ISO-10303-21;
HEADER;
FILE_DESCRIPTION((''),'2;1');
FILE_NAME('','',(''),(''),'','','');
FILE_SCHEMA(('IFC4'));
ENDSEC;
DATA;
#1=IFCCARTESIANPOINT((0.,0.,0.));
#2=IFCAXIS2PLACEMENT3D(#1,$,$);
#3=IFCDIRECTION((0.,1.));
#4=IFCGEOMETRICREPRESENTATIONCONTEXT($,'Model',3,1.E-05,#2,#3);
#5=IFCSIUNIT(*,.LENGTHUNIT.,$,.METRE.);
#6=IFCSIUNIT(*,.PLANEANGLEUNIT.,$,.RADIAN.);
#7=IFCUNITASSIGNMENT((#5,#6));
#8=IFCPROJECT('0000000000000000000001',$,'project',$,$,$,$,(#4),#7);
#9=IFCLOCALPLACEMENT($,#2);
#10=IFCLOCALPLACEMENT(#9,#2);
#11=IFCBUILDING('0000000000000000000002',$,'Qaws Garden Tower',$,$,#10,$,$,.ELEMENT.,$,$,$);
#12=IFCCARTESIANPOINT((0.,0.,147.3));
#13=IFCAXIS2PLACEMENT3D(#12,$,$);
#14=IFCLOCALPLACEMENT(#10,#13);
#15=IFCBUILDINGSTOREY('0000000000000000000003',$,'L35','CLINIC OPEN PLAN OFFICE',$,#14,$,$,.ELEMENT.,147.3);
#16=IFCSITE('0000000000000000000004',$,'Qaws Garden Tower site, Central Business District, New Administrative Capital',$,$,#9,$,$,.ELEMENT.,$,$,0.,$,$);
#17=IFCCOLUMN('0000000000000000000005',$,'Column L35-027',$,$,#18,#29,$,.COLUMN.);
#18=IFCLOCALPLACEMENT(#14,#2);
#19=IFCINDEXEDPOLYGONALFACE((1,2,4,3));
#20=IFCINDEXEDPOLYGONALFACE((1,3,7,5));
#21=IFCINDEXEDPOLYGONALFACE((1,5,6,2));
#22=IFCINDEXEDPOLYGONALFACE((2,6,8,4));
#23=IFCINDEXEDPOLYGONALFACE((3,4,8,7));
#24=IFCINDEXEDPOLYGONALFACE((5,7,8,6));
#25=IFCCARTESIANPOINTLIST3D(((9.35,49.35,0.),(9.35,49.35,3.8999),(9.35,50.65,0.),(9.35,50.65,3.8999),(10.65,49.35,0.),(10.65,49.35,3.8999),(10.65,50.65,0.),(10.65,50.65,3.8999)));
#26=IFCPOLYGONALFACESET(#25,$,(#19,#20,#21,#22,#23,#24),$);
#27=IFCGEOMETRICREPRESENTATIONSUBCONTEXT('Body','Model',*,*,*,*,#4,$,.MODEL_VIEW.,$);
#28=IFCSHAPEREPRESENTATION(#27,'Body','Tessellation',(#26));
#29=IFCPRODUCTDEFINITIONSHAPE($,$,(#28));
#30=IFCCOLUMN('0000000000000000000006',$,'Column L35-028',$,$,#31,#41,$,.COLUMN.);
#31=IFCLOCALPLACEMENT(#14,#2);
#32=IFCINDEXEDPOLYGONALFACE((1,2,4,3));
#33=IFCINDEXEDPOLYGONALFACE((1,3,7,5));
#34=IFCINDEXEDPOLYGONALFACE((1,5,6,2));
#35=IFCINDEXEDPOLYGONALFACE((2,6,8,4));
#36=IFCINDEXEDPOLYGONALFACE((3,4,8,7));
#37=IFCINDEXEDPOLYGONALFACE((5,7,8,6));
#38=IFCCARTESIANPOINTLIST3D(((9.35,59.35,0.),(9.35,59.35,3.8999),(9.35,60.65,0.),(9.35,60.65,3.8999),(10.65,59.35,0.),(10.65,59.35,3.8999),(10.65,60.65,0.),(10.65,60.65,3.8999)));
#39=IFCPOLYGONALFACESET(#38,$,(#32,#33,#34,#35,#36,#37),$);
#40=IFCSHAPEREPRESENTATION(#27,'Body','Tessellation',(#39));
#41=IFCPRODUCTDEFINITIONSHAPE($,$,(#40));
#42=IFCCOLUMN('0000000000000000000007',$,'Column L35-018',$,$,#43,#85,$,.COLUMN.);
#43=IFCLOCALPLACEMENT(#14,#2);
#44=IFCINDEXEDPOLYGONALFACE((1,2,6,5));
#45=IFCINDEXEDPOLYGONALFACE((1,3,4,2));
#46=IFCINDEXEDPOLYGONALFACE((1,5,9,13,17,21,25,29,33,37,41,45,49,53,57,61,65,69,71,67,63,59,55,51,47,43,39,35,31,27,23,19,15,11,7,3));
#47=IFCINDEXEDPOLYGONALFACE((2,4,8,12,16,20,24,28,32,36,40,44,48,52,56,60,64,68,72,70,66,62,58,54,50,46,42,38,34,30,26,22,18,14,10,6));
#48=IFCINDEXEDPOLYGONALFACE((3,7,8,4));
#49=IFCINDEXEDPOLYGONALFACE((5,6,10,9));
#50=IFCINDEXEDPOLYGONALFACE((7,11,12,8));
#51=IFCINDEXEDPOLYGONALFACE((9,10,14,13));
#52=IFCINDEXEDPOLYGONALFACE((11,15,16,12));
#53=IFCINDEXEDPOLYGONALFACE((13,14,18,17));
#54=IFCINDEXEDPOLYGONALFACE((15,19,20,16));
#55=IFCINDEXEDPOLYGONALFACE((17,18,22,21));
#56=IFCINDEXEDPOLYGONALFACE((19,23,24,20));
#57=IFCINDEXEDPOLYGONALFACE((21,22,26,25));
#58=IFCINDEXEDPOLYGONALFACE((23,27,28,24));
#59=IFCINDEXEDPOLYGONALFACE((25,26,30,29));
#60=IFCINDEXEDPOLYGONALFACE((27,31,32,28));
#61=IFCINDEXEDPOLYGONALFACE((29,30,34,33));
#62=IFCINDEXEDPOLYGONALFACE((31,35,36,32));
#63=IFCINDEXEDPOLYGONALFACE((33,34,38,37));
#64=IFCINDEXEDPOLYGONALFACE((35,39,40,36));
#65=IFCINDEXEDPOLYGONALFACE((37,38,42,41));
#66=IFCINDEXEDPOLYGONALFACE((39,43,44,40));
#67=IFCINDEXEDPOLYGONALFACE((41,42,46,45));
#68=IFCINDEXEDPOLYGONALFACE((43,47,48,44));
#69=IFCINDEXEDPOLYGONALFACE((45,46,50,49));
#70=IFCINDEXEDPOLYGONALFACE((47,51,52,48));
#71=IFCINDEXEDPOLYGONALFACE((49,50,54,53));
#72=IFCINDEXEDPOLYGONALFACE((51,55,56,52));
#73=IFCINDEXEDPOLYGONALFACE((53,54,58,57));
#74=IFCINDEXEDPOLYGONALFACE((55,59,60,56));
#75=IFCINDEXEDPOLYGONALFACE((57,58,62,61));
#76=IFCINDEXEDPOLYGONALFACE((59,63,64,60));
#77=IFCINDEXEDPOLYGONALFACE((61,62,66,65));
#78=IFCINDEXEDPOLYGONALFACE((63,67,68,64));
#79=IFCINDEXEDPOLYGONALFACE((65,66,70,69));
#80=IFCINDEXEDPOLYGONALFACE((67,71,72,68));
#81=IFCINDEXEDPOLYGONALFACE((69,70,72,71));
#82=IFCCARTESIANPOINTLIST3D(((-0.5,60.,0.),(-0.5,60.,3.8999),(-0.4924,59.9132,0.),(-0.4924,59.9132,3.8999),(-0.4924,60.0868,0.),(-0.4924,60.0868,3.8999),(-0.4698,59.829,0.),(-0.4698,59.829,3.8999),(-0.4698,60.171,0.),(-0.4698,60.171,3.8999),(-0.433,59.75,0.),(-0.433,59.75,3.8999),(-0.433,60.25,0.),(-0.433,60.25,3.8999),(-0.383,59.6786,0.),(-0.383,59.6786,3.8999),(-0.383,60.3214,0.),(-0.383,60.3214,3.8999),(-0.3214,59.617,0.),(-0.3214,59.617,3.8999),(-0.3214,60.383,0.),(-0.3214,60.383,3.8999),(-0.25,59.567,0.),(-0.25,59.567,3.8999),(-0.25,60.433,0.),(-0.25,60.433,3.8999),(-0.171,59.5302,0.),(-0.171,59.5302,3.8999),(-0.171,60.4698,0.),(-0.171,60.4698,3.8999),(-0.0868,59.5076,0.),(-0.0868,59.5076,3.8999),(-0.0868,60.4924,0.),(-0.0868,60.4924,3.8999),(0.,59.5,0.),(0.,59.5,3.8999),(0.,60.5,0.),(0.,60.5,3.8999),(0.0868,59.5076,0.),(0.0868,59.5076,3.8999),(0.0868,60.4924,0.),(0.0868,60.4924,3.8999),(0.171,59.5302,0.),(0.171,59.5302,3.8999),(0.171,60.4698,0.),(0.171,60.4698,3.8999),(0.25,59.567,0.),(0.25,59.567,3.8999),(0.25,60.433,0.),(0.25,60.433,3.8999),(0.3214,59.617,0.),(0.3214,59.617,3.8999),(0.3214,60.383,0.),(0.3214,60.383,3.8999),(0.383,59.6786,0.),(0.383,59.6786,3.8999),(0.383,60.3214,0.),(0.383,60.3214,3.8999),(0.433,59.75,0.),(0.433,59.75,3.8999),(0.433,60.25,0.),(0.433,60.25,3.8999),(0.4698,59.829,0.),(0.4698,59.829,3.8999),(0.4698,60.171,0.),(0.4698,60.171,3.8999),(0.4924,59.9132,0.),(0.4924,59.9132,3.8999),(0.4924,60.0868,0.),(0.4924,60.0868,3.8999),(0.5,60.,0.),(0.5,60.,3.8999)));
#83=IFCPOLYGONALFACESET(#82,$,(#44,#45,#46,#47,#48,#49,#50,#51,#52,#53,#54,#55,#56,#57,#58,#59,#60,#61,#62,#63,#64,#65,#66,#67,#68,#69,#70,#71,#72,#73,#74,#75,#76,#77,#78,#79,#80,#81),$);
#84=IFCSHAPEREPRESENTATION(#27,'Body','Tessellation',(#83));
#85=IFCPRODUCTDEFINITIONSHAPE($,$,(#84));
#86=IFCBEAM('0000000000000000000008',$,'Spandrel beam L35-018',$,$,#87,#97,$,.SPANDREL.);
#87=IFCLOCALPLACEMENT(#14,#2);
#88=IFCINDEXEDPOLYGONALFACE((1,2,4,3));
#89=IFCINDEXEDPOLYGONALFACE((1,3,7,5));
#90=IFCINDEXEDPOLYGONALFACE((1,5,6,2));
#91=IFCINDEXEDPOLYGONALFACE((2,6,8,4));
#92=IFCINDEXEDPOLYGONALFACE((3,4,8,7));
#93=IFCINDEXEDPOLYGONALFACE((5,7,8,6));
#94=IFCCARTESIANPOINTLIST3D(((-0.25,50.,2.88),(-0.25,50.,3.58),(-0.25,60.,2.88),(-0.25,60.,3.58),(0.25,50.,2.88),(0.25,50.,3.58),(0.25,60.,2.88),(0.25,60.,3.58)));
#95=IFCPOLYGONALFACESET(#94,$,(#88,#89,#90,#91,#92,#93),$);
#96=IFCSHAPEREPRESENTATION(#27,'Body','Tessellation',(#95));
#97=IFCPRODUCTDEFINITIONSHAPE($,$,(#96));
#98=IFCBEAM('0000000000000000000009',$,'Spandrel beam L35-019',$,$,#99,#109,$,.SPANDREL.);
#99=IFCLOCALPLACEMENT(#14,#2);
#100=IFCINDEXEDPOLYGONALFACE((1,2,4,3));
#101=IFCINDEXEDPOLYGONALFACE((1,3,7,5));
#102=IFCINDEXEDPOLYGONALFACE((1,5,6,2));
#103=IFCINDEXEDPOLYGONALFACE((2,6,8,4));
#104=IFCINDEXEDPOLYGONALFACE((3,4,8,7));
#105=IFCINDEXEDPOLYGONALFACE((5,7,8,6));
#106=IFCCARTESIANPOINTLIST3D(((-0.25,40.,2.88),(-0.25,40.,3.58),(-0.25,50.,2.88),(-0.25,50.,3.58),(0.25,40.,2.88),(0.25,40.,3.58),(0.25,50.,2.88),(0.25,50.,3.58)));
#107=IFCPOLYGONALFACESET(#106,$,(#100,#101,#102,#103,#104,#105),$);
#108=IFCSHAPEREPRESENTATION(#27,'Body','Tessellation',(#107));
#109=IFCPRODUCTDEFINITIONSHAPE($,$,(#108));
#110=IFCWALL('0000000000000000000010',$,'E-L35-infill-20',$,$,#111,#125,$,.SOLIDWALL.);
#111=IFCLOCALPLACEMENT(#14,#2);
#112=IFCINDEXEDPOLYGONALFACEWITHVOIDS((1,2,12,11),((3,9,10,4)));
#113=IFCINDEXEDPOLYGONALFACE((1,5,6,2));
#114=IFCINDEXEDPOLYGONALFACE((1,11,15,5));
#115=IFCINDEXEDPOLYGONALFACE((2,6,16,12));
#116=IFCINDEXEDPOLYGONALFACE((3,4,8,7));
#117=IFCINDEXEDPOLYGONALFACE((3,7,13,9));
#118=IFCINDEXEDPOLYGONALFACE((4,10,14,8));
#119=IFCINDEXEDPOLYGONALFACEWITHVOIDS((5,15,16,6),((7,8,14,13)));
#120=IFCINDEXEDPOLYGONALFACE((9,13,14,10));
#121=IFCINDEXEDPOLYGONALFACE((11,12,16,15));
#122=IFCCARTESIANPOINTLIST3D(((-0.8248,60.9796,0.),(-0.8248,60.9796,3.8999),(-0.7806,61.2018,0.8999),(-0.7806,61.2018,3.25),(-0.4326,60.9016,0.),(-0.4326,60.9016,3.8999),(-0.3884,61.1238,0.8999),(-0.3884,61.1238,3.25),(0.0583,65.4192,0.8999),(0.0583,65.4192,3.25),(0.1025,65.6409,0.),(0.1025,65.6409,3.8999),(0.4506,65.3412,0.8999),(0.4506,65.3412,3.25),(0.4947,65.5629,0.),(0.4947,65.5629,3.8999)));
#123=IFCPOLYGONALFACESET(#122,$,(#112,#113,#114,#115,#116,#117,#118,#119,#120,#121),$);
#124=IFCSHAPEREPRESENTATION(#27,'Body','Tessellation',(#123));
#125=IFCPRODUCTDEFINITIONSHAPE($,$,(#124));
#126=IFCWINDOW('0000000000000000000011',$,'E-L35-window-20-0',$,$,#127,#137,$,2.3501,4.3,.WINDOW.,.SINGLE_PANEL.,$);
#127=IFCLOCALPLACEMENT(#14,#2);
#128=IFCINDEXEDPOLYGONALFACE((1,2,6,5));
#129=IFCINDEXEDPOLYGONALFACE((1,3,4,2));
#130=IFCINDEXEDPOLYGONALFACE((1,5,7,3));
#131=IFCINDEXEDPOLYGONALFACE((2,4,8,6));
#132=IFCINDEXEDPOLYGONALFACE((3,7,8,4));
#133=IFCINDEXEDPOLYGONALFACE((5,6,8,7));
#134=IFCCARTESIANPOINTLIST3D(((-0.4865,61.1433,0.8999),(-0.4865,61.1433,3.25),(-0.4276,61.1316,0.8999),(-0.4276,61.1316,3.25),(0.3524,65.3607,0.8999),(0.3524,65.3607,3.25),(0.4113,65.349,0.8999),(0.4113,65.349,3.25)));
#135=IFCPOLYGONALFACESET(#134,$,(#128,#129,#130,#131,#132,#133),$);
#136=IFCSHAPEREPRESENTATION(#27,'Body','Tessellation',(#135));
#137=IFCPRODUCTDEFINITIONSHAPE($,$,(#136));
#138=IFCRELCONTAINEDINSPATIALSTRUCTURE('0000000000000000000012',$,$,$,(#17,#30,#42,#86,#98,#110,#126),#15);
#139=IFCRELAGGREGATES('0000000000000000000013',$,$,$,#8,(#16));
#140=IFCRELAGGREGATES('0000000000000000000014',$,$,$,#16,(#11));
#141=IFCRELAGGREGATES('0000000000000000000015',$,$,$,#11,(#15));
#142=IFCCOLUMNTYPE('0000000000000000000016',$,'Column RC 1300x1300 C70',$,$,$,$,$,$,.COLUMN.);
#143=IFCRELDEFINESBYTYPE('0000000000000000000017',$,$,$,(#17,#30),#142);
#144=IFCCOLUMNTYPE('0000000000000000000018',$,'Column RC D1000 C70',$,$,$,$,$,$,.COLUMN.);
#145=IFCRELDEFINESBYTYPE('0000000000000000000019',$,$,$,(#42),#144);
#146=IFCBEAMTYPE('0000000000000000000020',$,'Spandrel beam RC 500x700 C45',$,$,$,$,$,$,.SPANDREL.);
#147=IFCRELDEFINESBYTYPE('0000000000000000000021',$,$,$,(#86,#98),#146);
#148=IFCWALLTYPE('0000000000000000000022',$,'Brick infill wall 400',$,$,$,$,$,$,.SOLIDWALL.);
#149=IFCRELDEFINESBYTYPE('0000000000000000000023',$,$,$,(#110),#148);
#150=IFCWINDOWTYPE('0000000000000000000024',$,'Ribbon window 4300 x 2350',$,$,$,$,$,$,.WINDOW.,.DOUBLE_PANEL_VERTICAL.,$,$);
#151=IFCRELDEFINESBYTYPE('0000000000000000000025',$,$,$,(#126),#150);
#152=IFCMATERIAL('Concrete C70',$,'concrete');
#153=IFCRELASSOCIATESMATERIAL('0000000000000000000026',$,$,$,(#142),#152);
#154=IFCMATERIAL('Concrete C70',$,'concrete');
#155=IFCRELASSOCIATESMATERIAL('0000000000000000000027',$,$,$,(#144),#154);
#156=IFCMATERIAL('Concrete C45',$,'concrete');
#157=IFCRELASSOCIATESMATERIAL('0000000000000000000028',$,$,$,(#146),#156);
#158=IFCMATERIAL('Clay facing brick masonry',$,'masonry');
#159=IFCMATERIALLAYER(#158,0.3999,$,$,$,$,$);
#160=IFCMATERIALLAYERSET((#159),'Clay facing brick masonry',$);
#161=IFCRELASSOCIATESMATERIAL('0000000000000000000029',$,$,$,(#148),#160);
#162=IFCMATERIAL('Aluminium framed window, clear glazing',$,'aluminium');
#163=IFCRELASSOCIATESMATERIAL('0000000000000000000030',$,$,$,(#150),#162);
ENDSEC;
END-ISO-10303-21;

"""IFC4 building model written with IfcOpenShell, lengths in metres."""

from ifc_helpers import new_model, si_unit, direction, frame, frame_2d, origin, origin_2d, place, context, subcontext, project, spatial, rectangle, circle, extrude, material, layer, layer_set, material_profile, profile_set, type_object, element, fill, save


model = new_model("IFC4")

# Units and contexts
model_context = context("Model", 3, precision=1e-05, world=origin(), true_north=direction((0.0, 1.0)))
body_context = subcontext(model_context, "Body", "Model", "MODEL_VIEW")
ifc_project = project(units=[si_unit("LENGTHUNIT", "METRE"), si_unit("PLANEANGLEUNIT", "RADIAN")], contexts=[model_context])

# Site, building, storey
site_placement = place(None, origin())
site = spatial("IfcSite", under=ifc_project, at=site_placement, Name="Qaws Garden Tower site, Central Business District, New Administrative Capital", CompositionType="ELEMENT", RefElevation=0.0)
building_placement = place(site_placement, origin())
building = spatial("IfcBuilding", under=site, at=building_placement, Name="Qaws Garden Tower", CompositionType="ELEMENT")
storey_placement = place(building_placement, frame((0.0, 0.0, 147.3)))
storey = spatial("IfcBuildingStorey", under=building, at=storey_placement, Name="L35", Description="CLINIC OPEN PLAN OFFICE", CompositionType="ELEMENT", Elevation=147.3)

# Columns
ifc_material_1 = material(Name="Concrete C70", Category="concrete")
ifc_material_profile_1 = material_profile(ifc_material_1, rectangle(XDim=1.3, YDim=1.3, at=origin_2d()), Name="RC 1300x1300")
ifc_profile_set_1 = profile_set([ifc_material_profile_1], Name="Concrete C70")
column_type_1 = type_object("IfcColumnType", Name="Column RC 1300x1300 C70", PredefinedType="COLUMN", material=ifc_profile_set_1)
for number, where, z_axis, x_axis, name in (
    (1, (10.0, 50.0, 0.0), (0.0, 0.0, 1.0), (1.0, 0.0, 0.0), "Column L35-027"),
    (2, (10.0, 60.0, 0.0), (0.0, 0.0, 1.0), (1.0, 0.0, 0.0), "Column L35-028"),
):
    element("IfcColumn", number, at=place(storey_placement, frame(where, z_axis=z_axis, x_axis=x_axis)), inside=storey, type_object=column_type_1, Name=name, PredefinedType="COLUMN", context=body_context, shape_type="SweptSolid", body=[
        extrude(rectangle(XDim=1.3, YDim=1.3, at=origin_2d()), origin(), (0.0, 0.0, 1.0), 3.8999),
    ])
ifc_material_2 = material(Name="Concrete C70", Category="concrete")
ifc_material_profile_2 = material_profile(ifc_material_2, circle(Radius=0.5, at=origin_2d()), Name="RC D1000")
ifc_profile_set_2 = profile_set([ifc_material_profile_2], Name="Concrete C70")
column_type_2 = type_object("IfcColumnType", Name="Column RC D1000 C70", PredefinedType="COLUMN", material=ifc_profile_set_2)
column_placement = place(storey_placement, frame((0.0, 60.0, 0.0), z_axis=(0.0, 0.0, 1.0), x_axis=(1.0, 0.0, 0.0)))
element("IfcColumn", 3, at=column_placement, inside=storey, type_object=column_type_2, Name="Column L35-018", PredefinedType="COLUMN", context=body_context, shape_type="SweptSolid", body=[
    extrude(circle(Radius=0.5, at=origin_2d()), origin(), (0.0, 0.0, 1.0), 3.8999),
])

# Beams
ifc_material_3 = material(Name="Concrete C45", Category="concrete")
ifc_material_profile_3 = material_profile(ifc_material_3, rectangle(XDim=0.5, YDim=0.7, at=origin_2d()), Name="RC 500x700")
ifc_profile_set_3 = profile_set([ifc_material_profile_3], Name="Concrete C45")
beam_type = type_object("IfcBeamType", Name="Spandrel beam RC 500x700 C45", PredefinedType="SPANDREL", material=ifc_profile_set_3)
for number, where, z_axis, x_axis, name in (
    (4, (0.0, 60.0, 3.23), (0.0, -1.0, 0.0), (1.0, 0.0, 0.0), "Spandrel beam L35-018"),
    (5, (0.0, 50.0, 3.23), (0.0, -1.0, 0.0), (1.0, 0.0, 0.0), "Spandrel beam L35-019"),
):
    element("IfcBeam", number, at=place(storey_placement, frame(where, z_axis=z_axis, x_axis=x_axis)), inside=storey, type_object=beam_type, Name=name, PredefinedType="SPANDREL", context=body_context, shape_type="SweptSolid", body=[
        extrude(rectangle(XDim=0.5, YDim=0.7, at=origin_2d()), origin(), (0.0, 0.0, 1.0), 10.0),
    ])

# Wall, opening, window
ifc_material_4 = material(Name="Clay facing brick masonry", Category="masonry")
ifc_layer_1 = layer(ifc_material_4, 0.3999)
ifc_layer_set_1 = layer_set([ifc_layer_1], Name="Clay facing brick masonry")
wall_type_1 = type_object("IfcWallType", Name="Brick infill wall 400", PredefinedType="SOLIDWALL", material=ifc_layer_set_1)
wall_1_placement = place(storey_placement, frame((0.2986, 65.6021, 0.0), z_axis=(0.0, 0.0, 1.0), x_axis=(-0.195099, -0.980784, 0.0)))
wall_1 = element("IfcWall", 6, at=wall_1_placement, inside=storey, type_object=wall_type_1, Name="E-L35-infill-20", PredefinedType="SOLIDWALL", context=body_context, shape_type="SweptSolid", body=[
    extrude(rectangle(XDim=4.7527, YDim=0.3999, at=frame_2d((2.3765, 0.0))), origin(), (0.0, 0.0, 1.0), 3.8999),
])
opening_1_placement = place(wall_1_placement, frame((0.2263, 0.0, 0.8999)))
opening_1 = element("IfcOpeningElement", 7, at=opening_1_placement, cuts=wall_1, PredefinedType="OPENING", context=body_context, shape_type="SweptSolid", body=[
    extrude(rectangle(XDim=4.3, YDim=2.3501, at=frame_2d((2.1499, 1.175))), frame((0.0, 0.21, 0.0), z_axis=(0.0, -1.0, 0.0), x_axis=(1.0, 0.0, 0.0)), (0.0, 0.0, 1.0), 0.4199),
])
ifc_material_5 = material(Name="Aluminium framed window, clear glazing", Category="aluminium")
window_type_1 = type_object("IfcWindowType", Name="Ribbon window 4300 x 2350", PartitioningType="DOUBLE_PANEL_VERTICAL", PredefinedType="WINDOW", material=ifc_material_5)
window_1_placement = place(opening_1_placement, origin())
window_1 = element("IfcWindow", 8, at=window_1_placement, inside=storey, type_object=window_type_1, Name="E-L35-window-20-0", OverallHeight=2.3501, OverallWidth=4.3, PartitioningType="SINGLE_PANEL", PredefinedType="WINDOW", context=body_context, shape_type="SweptSolid", body=[
    extrude(rectangle(XDim=4.3, YDim=2.3501, at=frame_2d((2.1499, 1.175))), frame((0.0, 0.1599, 0.0), z_axis=(0.0, -1.0, 0.0), x_axis=(1.0, 0.0, 0.0)), (0.0, 0.0, 1.0), 0.0601),
])
fill(opening_1, window_1)

save(model, "model.ifc")
